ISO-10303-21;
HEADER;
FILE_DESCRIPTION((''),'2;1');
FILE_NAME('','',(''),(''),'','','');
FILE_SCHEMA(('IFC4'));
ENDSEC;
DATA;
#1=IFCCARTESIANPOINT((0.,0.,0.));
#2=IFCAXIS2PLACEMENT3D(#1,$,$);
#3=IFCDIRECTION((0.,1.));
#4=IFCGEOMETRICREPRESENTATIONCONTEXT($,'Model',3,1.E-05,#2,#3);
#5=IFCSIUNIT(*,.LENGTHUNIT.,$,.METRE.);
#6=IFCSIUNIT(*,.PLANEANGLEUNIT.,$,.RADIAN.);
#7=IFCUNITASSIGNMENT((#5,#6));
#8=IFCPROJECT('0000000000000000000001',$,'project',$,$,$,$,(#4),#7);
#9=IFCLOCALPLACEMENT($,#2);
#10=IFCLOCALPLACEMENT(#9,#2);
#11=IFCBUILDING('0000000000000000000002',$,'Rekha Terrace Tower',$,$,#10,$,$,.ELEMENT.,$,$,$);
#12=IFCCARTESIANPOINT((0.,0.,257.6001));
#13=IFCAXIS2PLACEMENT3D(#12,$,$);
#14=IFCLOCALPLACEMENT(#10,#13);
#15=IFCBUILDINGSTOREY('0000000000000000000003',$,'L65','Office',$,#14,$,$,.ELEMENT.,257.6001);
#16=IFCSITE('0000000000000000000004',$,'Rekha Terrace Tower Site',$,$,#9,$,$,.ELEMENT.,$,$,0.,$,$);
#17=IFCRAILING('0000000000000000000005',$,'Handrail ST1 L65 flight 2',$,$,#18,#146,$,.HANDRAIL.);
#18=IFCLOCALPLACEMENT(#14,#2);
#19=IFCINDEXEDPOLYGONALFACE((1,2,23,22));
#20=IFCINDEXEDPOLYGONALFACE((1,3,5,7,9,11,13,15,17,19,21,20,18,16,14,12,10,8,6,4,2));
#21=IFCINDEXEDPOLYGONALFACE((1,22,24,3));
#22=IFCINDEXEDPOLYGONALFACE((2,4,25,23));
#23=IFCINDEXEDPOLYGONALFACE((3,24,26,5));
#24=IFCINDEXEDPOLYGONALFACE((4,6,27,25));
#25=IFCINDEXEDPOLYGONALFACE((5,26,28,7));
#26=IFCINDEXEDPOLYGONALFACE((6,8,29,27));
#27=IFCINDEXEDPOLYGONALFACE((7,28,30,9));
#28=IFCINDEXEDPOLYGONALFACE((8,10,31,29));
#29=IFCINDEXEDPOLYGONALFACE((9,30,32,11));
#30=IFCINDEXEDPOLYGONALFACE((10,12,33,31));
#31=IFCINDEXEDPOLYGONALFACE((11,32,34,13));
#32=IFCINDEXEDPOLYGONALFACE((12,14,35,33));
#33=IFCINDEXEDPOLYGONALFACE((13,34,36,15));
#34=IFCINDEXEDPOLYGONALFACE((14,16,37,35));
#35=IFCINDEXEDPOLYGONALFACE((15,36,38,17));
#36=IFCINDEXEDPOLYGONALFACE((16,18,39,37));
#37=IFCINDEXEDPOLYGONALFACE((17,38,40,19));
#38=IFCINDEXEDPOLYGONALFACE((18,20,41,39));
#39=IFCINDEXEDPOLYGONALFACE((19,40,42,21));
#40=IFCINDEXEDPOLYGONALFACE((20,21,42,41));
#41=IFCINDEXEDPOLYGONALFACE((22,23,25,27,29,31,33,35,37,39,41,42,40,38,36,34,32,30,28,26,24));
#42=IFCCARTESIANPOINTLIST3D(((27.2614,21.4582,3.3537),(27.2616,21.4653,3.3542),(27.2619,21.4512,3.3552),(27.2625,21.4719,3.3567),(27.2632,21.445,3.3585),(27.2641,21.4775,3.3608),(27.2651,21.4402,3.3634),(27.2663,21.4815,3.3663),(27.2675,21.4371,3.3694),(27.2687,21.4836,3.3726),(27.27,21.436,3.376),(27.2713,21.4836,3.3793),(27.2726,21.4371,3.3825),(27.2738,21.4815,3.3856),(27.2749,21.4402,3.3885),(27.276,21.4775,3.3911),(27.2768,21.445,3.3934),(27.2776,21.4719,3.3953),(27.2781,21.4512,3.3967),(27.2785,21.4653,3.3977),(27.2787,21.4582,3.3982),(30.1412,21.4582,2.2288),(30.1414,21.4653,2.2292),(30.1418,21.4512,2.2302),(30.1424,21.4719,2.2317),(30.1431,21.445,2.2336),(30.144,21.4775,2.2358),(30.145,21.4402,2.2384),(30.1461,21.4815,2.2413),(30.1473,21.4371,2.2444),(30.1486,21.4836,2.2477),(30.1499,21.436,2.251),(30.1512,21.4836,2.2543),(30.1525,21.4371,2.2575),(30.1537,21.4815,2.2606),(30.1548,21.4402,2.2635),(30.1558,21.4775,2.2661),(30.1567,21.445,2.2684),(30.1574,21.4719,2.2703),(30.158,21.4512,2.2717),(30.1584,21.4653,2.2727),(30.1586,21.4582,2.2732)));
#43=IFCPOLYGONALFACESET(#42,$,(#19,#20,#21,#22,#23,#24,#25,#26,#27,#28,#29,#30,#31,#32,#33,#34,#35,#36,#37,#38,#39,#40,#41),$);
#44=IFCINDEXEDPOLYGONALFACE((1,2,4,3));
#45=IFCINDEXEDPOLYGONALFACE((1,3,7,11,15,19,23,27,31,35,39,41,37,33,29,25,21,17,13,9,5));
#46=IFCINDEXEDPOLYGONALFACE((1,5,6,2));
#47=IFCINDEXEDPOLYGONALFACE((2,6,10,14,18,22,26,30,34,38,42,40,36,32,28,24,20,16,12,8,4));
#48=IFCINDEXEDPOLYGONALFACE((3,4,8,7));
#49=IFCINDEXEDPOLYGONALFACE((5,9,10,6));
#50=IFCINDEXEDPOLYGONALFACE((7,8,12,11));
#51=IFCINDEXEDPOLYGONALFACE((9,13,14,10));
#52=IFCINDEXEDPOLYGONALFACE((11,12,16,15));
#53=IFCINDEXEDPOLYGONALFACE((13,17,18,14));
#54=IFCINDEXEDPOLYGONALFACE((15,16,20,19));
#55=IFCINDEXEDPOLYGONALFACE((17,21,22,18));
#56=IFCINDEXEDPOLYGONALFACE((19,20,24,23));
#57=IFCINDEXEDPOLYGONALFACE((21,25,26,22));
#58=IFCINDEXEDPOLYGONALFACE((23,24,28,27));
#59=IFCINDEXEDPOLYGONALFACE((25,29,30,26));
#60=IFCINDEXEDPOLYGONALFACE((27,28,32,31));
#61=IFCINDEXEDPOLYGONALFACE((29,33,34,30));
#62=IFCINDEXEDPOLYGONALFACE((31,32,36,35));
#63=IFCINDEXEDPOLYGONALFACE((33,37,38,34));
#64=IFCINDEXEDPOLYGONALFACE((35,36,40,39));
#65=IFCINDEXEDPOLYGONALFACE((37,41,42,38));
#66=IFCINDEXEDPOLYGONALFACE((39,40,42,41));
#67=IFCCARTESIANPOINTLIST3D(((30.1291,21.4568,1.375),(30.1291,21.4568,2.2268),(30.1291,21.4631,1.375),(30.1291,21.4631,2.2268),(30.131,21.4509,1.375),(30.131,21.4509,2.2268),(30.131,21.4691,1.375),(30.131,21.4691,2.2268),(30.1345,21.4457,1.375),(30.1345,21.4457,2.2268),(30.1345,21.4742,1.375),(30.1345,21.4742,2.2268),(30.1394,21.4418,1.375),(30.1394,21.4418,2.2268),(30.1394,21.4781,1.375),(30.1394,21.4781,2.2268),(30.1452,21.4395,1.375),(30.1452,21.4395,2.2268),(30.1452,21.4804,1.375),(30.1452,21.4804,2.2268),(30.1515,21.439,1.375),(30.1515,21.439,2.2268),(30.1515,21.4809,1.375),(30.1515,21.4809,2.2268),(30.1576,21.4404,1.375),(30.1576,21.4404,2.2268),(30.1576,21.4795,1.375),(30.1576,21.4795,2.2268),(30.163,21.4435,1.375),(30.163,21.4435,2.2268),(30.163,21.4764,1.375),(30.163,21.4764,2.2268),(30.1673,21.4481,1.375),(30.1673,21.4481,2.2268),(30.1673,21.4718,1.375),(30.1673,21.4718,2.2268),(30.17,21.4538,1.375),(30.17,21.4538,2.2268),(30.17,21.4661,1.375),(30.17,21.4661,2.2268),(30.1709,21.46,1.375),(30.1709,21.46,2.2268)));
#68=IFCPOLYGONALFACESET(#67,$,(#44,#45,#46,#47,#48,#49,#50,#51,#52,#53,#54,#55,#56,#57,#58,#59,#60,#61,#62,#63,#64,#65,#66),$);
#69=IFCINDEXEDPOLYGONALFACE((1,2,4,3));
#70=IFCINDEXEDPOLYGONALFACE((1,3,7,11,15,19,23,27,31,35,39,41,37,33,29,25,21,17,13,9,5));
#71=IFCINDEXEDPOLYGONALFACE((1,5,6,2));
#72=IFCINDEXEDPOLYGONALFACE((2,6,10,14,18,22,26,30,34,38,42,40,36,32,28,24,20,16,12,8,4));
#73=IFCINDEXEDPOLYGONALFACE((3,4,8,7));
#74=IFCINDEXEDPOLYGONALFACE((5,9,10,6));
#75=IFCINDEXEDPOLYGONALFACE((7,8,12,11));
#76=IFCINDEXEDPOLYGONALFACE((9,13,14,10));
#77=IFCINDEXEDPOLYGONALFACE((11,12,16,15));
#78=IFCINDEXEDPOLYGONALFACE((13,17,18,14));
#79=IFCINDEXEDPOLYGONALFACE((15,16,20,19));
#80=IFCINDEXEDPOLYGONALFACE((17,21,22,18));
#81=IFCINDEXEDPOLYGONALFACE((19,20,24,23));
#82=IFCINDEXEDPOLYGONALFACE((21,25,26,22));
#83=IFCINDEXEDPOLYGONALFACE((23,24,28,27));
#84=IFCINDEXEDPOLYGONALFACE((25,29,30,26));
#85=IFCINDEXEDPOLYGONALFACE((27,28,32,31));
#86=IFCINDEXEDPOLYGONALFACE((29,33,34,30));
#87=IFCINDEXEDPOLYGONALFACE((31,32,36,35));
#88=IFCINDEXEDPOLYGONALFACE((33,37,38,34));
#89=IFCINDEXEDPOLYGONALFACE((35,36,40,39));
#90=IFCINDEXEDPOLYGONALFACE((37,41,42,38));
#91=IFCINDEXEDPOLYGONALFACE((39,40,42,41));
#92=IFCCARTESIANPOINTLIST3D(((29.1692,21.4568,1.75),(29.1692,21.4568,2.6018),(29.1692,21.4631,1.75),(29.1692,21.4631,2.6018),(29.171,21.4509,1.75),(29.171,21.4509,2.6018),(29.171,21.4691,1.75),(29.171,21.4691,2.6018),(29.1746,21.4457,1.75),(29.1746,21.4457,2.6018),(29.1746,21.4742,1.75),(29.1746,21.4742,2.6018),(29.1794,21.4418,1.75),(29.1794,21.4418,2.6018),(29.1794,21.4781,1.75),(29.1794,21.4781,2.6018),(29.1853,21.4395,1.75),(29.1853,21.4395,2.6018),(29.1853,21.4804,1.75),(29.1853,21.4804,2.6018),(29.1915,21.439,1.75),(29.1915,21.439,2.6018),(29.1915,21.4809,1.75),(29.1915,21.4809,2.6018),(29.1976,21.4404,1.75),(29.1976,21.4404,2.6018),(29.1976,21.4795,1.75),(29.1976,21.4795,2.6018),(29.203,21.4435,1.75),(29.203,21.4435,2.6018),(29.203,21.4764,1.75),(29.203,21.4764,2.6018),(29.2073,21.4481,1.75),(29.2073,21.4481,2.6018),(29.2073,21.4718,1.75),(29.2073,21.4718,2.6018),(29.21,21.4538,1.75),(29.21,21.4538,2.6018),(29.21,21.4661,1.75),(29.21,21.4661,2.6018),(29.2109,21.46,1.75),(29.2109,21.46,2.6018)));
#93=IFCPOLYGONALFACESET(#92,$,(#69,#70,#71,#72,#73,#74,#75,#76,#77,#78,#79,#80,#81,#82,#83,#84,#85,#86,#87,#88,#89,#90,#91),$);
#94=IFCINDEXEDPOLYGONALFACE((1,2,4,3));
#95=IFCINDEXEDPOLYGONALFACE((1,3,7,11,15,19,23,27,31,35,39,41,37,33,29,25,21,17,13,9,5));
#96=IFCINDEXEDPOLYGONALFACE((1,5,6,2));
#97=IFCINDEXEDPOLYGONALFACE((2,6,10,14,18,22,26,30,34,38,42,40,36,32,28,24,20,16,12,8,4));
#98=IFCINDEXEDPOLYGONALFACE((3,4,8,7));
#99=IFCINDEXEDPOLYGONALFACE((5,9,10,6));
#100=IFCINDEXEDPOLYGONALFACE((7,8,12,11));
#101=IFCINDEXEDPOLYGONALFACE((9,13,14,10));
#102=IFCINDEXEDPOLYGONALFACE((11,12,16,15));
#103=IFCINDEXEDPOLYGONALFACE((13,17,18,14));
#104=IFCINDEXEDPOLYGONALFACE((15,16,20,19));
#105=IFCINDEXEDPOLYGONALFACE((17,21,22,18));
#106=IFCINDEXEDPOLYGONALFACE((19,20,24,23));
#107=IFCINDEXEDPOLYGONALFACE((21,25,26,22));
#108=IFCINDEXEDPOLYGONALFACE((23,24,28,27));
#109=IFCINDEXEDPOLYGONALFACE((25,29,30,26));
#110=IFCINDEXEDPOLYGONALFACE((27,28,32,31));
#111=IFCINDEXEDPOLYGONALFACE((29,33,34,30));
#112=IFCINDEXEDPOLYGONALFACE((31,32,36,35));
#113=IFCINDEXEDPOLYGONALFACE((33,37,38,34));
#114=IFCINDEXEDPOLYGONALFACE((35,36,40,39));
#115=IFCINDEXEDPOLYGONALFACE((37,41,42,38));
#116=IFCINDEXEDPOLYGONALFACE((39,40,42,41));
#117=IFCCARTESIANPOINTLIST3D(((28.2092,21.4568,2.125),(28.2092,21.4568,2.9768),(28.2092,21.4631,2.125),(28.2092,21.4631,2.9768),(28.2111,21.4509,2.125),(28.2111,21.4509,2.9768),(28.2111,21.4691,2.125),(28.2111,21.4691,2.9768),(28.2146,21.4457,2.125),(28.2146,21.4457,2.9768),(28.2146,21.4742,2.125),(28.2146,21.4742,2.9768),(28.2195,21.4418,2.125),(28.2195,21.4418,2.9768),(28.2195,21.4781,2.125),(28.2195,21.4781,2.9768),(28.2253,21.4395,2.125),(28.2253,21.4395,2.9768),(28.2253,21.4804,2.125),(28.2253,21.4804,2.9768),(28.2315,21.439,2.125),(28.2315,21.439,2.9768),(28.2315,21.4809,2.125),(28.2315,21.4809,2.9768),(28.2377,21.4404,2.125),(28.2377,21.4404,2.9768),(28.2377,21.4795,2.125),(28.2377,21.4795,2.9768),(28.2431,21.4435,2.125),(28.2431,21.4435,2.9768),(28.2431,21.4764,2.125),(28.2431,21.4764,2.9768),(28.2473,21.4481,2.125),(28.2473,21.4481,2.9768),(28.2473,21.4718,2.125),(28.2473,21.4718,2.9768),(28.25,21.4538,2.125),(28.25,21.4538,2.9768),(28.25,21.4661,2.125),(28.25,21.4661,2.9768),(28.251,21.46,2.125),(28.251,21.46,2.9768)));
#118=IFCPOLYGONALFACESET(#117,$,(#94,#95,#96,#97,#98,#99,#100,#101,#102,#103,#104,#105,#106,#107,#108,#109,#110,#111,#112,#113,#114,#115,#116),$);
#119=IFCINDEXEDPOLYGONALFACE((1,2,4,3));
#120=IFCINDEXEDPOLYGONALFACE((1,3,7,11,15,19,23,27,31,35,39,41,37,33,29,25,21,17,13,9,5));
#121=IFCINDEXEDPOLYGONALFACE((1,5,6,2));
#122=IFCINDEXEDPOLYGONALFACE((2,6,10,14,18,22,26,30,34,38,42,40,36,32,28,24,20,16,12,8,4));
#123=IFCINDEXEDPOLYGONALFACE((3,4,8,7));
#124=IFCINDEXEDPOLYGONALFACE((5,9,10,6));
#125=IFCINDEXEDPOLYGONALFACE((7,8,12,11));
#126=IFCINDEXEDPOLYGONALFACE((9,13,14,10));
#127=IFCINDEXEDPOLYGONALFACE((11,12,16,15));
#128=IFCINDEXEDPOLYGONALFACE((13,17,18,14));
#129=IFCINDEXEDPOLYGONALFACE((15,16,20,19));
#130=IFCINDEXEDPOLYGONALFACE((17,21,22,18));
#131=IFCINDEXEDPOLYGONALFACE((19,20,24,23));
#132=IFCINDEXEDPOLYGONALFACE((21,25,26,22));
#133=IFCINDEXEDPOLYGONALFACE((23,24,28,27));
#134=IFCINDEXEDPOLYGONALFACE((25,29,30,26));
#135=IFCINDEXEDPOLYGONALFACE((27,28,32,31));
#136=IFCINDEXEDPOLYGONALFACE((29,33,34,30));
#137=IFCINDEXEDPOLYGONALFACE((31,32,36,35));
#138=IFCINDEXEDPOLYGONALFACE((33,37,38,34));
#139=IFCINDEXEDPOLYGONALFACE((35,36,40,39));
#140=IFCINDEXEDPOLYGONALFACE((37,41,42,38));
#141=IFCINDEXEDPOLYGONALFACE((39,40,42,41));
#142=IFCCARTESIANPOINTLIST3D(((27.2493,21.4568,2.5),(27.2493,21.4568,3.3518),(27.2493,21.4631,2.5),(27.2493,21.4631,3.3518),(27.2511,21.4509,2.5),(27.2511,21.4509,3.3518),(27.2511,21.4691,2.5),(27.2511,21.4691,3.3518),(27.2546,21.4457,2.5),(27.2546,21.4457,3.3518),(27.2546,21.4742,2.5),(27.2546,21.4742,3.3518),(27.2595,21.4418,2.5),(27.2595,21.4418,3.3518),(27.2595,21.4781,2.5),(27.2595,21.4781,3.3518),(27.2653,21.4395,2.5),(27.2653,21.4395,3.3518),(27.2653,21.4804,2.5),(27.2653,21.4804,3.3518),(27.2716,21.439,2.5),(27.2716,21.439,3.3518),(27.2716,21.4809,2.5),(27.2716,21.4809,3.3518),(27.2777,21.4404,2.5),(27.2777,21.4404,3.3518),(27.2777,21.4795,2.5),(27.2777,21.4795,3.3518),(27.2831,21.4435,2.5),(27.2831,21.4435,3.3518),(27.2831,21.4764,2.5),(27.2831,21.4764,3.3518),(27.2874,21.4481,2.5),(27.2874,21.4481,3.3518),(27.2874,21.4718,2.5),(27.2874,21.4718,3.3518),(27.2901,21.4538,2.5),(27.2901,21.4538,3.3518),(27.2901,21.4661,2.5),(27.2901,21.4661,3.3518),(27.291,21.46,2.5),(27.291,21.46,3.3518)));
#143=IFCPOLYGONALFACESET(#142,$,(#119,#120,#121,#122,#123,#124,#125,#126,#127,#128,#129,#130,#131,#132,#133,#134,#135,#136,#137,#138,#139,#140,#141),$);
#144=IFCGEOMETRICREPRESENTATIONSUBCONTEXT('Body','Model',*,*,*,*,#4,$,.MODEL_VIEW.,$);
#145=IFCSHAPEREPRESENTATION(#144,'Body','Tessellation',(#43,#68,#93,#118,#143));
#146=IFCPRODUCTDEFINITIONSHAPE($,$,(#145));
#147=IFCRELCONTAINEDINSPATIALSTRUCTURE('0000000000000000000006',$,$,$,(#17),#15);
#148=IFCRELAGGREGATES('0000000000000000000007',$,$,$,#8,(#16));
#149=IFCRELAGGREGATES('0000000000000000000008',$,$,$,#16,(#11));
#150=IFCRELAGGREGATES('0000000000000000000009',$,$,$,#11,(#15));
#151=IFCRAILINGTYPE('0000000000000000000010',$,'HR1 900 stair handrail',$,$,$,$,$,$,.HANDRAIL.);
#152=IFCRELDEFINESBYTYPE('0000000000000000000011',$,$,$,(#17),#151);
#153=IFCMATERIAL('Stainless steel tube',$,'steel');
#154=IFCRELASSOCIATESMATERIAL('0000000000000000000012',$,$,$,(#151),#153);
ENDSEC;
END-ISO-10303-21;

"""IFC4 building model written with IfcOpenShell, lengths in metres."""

from ifc_helpers import new_model, si_unit, direction, frame, origin, origin_2d, place, context, subcontext, project, spatial, circle, extrude, material, type_object, element, save


model = new_model("IFC4")

# Units and contexts
model_context = context("Model", 3, precision=1e-05, world=origin(), true_north=direction((0.0, 1.0)))
body_context = subcontext(model_context, "Body", "Model", "MODEL_VIEW")
ifc_project = project(units=[si_unit("LENGTHUNIT", "METRE"), si_unit("PLANEANGLEUNIT", "RADIAN")], contexts=[model_context])

# Site, building, storey
site_placement = place(None, origin())
site = spatial("IfcSite", under=ifc_project, at=site_placement, Name="Rekha Terrace Tower Site", CompositionType="ELEMENT", RefElevation=0.0)
building_placement = place(site_placement, origin())
building = spatial("IfcBuilding", under=site, at=building_placement, Name="Rekha Terrace Tower", CompositionType="ELEMENT")
storey_placement = place(building_placement, frame((0.0, 0.0, 257.6001)))
storey = spatial("IfcBuildingStorey", under=building, at=storey_placement, Name="L65", Description="Office", CompositionType="ELEMENT", Elevation=257.6001)

# Railing
ifc_material_1 = material(Name="Stainless steel tube", Category="steel")
railing_type = type_object("IfcRailingType", Name="HR1 900 stair handrail", PredefinedType="HANDRAIL", material=ifc_material_1)
railing_placement = place(storey_placement, frame((30.1499, 21.46, 1.375)))
element("IfcRailing", 1, at=railing_placement, inside=storey, type_object=railing_type, Name="Handrail ST1 L65 flight 2", PredefinedType="HANDRAIL", context=body_context, shape_type="SweptSolid", body=[
    extrude(circle(Radius=0.0239, at=origin_2d()), frame((0.0, 0.0, 0.876), z_axis=(-0.931452, 0.0, 0.363863), x_axis=(0.0, -1.0, 0.0)), (0.0, 0.0, 1.0), 3.0918),
    extrude(circle(Radius=0.021, at=origin_2d()), origin(), (0.0, 0.0, 1.0), 0.8518),
    extrude(circle(Radius=0.021, at=origin_2d()), frame((-0.96, 0.0, 0.375)), (0.0, 0.0, 1.0), 0.8518),
    extrude(circle(Radius=0.021, at=origin_2d()), frame((-1.9199, 0.0, 0.75)), (0.0, 0.0, 1.0), 0.8518),
    extrude(circle(Radius=0.021, at=origin_2d()), frame((-2.8799, 0.0, 1.125)), (0.0, 0.0, 1.0), 0.8518),
])

save(model, "model.ifc")
